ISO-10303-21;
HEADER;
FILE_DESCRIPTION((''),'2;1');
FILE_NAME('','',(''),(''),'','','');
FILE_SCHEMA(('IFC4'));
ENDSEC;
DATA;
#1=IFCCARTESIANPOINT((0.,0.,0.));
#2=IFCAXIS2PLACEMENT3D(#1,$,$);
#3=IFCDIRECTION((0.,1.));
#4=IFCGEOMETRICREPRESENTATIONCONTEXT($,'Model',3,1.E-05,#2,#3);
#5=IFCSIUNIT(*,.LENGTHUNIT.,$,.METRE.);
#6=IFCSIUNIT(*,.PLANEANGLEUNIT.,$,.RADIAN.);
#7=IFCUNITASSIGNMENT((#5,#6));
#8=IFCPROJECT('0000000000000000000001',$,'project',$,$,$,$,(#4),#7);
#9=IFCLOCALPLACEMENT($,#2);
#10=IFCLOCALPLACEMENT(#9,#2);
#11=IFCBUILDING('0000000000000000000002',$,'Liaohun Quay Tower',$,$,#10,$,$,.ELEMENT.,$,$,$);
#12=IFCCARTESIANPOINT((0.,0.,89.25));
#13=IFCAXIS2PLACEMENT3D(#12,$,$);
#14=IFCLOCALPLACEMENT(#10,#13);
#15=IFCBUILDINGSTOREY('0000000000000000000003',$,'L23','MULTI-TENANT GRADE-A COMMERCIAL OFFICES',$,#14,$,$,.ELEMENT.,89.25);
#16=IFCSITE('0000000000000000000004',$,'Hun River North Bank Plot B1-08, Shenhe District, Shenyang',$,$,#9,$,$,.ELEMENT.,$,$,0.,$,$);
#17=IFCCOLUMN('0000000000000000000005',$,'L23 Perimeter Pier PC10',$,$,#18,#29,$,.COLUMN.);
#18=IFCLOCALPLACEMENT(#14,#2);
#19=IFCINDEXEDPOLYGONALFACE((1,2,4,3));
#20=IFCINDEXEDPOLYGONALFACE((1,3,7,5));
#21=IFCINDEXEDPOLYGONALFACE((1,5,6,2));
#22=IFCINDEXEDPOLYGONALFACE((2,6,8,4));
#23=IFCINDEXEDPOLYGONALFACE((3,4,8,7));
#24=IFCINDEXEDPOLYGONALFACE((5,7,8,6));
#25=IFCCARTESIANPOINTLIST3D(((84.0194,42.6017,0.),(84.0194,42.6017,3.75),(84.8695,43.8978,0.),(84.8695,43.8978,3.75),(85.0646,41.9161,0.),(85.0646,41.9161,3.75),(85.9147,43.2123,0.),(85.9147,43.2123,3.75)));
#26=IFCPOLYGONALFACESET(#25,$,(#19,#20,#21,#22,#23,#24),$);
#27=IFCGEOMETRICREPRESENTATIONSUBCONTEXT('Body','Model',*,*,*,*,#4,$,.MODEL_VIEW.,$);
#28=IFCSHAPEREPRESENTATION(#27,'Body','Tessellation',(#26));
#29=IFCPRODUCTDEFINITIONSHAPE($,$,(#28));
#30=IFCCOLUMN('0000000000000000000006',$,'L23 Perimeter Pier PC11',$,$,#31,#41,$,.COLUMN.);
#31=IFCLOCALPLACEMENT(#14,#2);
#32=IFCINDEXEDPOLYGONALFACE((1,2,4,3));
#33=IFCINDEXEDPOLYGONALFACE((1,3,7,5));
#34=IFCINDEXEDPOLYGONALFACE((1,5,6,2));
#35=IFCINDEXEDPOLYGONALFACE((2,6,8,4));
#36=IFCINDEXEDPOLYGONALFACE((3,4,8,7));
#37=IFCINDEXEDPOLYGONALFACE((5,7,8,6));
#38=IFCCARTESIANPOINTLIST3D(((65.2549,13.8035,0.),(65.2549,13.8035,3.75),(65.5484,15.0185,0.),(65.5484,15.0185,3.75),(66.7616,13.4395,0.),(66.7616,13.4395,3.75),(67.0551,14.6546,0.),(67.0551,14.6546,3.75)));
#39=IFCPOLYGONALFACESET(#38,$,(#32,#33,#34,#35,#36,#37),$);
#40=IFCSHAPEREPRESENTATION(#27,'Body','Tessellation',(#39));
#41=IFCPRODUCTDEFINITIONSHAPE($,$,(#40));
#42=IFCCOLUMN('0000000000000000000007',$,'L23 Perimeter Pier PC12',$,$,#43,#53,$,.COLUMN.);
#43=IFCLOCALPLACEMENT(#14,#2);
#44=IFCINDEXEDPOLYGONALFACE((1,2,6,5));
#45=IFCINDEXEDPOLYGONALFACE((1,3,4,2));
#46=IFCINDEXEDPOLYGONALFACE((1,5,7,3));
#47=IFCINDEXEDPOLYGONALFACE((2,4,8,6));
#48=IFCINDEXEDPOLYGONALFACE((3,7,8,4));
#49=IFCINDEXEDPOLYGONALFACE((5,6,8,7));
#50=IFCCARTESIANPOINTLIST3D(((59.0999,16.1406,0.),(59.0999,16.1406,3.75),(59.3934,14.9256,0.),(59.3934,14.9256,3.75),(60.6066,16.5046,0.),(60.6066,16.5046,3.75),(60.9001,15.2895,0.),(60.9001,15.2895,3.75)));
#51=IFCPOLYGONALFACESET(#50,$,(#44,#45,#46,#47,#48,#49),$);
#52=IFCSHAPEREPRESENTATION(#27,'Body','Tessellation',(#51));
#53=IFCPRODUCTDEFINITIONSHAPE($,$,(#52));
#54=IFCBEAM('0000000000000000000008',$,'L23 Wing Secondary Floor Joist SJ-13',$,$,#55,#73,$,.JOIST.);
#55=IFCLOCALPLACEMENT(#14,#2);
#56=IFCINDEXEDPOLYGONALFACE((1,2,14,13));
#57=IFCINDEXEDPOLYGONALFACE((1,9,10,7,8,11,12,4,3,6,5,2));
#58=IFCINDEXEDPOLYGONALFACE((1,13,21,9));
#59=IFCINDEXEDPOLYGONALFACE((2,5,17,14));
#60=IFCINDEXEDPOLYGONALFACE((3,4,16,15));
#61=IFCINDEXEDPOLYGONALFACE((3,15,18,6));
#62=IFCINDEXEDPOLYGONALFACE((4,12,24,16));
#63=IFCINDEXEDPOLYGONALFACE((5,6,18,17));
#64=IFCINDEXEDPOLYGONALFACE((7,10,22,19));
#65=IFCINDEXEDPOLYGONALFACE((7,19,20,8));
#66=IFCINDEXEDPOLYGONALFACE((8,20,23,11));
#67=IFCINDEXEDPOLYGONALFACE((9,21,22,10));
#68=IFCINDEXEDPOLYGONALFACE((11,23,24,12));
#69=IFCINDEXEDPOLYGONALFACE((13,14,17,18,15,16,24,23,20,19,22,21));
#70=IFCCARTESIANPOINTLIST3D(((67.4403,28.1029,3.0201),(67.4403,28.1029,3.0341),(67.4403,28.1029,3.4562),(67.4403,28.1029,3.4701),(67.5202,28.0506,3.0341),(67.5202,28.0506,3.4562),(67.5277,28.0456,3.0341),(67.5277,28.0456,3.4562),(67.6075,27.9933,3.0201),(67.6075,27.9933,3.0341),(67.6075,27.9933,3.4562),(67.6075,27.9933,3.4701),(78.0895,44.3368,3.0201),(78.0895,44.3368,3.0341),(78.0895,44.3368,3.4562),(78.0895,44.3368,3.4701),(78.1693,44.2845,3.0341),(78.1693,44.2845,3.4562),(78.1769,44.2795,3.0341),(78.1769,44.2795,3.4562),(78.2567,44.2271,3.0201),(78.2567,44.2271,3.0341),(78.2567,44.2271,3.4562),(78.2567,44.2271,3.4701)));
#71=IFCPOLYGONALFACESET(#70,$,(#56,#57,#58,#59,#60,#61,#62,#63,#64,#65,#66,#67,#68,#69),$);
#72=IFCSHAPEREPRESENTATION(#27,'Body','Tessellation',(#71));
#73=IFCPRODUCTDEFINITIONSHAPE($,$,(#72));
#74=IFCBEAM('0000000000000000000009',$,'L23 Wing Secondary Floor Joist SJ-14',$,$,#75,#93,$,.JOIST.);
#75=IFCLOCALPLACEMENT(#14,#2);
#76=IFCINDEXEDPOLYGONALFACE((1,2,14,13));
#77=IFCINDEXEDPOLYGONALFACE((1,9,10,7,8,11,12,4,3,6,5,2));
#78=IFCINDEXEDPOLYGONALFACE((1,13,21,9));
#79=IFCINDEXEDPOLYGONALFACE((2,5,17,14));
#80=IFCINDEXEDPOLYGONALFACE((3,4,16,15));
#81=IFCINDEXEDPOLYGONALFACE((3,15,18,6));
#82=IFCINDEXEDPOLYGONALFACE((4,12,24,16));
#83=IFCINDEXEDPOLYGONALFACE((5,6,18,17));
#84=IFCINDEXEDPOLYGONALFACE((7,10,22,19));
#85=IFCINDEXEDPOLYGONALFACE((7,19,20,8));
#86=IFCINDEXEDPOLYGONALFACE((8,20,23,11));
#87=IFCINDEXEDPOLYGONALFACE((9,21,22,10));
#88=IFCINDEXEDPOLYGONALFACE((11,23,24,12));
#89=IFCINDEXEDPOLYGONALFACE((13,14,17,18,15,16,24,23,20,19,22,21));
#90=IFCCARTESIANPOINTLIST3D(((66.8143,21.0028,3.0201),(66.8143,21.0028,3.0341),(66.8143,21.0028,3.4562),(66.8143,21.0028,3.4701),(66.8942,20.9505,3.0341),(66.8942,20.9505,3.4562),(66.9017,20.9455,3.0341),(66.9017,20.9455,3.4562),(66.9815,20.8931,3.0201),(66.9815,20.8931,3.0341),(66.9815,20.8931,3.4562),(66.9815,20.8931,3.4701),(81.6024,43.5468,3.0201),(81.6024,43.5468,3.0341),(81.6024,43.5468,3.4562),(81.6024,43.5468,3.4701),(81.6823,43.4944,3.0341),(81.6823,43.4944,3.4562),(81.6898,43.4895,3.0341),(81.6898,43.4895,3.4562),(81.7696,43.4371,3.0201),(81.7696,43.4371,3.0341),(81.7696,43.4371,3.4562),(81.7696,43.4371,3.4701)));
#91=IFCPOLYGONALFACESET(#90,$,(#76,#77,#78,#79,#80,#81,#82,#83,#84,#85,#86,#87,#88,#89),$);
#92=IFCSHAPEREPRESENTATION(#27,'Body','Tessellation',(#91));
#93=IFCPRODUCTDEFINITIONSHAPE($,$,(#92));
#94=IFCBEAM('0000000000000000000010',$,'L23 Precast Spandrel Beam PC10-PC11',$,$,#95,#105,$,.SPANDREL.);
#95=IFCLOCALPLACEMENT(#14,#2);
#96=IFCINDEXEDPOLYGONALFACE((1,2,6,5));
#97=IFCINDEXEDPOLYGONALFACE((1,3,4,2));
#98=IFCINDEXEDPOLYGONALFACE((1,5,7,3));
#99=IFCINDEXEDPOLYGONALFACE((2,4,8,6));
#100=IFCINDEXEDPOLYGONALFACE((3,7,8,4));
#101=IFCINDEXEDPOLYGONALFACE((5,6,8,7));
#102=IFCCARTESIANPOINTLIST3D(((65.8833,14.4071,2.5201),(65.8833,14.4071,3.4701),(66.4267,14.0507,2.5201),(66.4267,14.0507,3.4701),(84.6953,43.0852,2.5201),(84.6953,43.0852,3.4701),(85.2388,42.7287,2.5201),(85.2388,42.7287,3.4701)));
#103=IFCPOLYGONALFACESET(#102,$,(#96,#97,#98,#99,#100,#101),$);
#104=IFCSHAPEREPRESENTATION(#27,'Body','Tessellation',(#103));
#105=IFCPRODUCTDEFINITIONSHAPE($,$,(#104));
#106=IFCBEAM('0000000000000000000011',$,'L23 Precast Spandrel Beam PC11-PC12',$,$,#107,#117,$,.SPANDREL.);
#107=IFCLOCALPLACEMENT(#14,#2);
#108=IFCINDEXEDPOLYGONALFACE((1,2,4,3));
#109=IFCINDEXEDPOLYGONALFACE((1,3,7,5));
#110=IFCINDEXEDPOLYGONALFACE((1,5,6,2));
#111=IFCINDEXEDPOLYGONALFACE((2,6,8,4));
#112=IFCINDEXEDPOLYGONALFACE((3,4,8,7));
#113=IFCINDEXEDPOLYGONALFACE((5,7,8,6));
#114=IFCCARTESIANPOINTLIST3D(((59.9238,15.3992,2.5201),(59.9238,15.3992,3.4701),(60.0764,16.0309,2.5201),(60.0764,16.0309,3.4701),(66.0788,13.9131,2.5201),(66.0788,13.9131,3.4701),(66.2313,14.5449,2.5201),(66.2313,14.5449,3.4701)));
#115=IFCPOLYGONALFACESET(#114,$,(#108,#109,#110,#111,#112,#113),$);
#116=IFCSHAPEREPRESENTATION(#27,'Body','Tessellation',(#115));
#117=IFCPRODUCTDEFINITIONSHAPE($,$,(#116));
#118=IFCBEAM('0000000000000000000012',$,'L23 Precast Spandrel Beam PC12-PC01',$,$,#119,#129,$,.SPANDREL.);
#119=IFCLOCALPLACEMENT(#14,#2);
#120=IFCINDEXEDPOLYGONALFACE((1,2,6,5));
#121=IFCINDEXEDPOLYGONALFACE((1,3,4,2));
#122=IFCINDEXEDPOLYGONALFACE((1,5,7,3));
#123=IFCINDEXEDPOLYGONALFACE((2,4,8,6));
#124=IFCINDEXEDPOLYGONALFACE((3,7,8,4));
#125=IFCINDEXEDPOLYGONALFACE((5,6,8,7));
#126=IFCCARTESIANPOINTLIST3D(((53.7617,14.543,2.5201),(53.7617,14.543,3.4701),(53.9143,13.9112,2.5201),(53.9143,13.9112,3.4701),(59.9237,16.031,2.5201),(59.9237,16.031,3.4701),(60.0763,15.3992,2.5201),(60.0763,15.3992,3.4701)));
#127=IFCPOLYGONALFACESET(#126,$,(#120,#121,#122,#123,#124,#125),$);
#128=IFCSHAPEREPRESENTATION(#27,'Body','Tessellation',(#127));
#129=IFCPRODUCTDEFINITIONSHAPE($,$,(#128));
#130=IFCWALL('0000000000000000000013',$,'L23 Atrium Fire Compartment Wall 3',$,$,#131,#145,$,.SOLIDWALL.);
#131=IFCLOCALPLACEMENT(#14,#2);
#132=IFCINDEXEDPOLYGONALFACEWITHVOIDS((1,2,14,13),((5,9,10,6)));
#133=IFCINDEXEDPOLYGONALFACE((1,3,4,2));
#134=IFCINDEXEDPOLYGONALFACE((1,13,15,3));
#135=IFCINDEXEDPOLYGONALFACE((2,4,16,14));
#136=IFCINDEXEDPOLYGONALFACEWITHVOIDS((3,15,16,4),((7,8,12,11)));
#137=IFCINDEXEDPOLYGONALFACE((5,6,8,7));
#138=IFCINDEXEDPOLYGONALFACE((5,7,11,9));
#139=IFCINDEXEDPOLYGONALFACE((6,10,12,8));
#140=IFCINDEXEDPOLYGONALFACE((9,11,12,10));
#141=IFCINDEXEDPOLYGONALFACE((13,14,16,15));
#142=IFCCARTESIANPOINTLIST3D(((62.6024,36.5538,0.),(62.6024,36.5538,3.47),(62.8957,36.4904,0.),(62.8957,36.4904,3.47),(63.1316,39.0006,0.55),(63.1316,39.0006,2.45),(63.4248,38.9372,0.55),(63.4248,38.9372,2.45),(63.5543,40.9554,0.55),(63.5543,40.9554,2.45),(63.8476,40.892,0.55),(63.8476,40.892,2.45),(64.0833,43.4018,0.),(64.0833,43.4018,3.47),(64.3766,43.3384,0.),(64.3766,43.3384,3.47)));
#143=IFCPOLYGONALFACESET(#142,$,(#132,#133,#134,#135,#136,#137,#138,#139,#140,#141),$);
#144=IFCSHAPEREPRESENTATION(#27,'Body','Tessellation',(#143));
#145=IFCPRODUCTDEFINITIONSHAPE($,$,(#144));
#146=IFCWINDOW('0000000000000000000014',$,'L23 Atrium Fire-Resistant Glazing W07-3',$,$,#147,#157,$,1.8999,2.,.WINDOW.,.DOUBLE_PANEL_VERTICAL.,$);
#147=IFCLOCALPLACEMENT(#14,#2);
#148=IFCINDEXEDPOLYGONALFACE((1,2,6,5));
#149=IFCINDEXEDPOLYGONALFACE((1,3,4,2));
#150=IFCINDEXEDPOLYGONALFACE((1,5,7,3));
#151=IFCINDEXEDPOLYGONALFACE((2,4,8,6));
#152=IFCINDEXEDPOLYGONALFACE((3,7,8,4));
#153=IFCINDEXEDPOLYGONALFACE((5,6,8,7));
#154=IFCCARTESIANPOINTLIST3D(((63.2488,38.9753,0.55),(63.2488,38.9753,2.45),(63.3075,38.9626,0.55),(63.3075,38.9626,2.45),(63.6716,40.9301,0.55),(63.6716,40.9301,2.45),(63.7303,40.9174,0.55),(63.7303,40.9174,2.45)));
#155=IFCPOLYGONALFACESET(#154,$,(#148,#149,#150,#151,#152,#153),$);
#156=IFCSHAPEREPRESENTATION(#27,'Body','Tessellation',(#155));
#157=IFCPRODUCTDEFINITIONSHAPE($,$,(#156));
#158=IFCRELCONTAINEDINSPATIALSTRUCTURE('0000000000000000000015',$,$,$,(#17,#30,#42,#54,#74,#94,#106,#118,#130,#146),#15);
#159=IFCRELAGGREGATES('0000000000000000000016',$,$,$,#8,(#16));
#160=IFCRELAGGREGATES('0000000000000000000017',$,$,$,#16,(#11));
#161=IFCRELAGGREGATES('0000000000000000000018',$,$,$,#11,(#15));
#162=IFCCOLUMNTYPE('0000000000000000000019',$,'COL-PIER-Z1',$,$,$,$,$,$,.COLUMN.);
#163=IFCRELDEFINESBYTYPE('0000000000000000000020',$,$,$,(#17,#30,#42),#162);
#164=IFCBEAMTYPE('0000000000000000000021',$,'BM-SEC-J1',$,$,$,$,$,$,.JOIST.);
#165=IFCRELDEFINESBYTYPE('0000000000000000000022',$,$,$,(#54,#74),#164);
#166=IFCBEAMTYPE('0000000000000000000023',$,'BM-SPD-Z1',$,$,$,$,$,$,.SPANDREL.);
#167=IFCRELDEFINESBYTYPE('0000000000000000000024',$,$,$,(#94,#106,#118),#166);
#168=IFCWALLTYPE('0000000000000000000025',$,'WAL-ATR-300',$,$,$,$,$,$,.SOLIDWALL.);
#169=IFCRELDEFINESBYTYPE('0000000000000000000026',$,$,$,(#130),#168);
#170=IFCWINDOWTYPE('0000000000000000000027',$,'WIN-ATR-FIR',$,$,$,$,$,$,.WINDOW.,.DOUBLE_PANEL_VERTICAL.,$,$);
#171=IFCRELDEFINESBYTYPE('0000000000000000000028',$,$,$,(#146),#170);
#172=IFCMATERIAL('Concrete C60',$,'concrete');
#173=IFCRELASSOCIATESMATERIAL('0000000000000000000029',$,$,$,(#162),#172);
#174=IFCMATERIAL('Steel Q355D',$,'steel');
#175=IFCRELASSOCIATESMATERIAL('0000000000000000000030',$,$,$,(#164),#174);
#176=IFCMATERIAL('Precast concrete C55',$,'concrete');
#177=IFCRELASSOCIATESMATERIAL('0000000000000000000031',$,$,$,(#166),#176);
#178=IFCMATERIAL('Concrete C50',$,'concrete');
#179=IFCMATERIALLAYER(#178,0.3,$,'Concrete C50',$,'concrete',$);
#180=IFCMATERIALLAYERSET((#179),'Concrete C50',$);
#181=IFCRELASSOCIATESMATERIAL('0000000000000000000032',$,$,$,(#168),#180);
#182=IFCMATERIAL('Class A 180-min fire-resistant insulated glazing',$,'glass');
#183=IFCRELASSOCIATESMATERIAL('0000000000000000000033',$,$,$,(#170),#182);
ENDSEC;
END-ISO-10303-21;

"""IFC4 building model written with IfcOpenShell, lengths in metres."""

from ifc_helpers import new_model, si_unit, direction, frame, frame_2d, origin, origin_2d, place, context, subcontext, project, spatial, rectangle, i_section, extrude, source, transform, mapped, material, layer, layer_set, material_profile, profile_set, type_object, element, fill, save


model = new_model("IFC4")

# Units and contexts
model_context = context("Model", 3, precision=1e-05, world=origin(), true_north=direction((0.0, 1.0)))
body_context = subcontext(model_context, "Body", "Model", "MODEL_VIEW")
ifc_project = project(units=[si_unit("LENGTHUNIT", "METRE"), si_unit("PLANEANGLEUNIT", "RADIAN")], contexts=[model_context])

# Site, building, storey
site_placement = place(None, origin())
site = spatial("IfcSite", under=ifc_project, at=site_placement, Name="Hun River North Bank Plot B1-08, Shenhe District, Shenyang", CompositionType="ELEMENT", RefElevation=0.0)
building_placement = place(site_placement, origin())
building = spatial("IfcBuilding", under=site, at=building_placement, Name="Liaohun Quay Tower", CompositionType="ELEMENT")
storey_placement = place(building_placement, frame((0.0, 0.0, 89.25)))
storey = spatial("IfcBuildingStorey", under=building, at=storey_placement, Name="L23", Description="MULTI-TENANT GRADE-A COMMERCIAL OFFICES", CompositionType="ELEMENT", Elevation=89.25)

# Columns
ifc_material_1 = material(Name="Concrete C60", Category="concrete")
ifc_material_profile_1 = material_profile(ifc_material_1, rectangle(XDim=1.55, YDim=1.25, at=origin_2d()), Name="RC1550x1250")
ifc_profile_set_1 = profile_set([ifc_material_profile_1], Name="Concrete C60")
column_type = type_object("IfcColumnType", Name="COL-PIER-Z1", PredefinedType="COLUMN", material=ifc_profile_set_1)
shared_shape_1 = source(origin(), body_context, "Body", "SweptSolid", [
    extrude(rectangle(XDim=1.55, YDim=1.25, at=origin_2d()), origin(), (0.0, 0.0, 1.0), 3.75),
])
for number, where, z_axis, x_axis, name in (
    (1, (84.967, 42.907, 0.0), (0.0, 0.0, 1.0), (0.548439, 0.83619, 0.0), "L23 Perimeter Pier PC10"),
    (2, (66.155, 14.229, 0.0), (0.0, 0.0, 1.0), (-0.972043, 0.234803, 0.0), "L23 Perimeter Pier PC11"),
    (3, (60.0, 15.7151, 0.0), (0.0, 0.0, 1.0), (0.972043, 0.234803, 0.0), "L23 Perimeter Pier PC12"),
):
    element("IfcColumn", number, at=place(storey_placement, frame(where, z_axis=z_axis, x_axis=x_axis)), inside=storey, type_object=column_type, Name=name, PredefinedType="COLUMN", context=body_context, shape_type="MappedRepresentation", body=[
        mapped(shared_shape_1, transform((0.0, 0.0, 0.0), x_axis=(1.0, 0.0, 0.0), y_axis=(0.0, 1.0, 0.0), z_axis=(0.0, 0.0, 1.0), scale=1.0)),
    ])

# Beams
ifc_material_2 = material(Name="Steel Q355D", Category="steel")
ifc_material_profile_2 = material_profile(ifc_material_2, i_section(OverallWidth=0.2, OverallDepth=0.45, WebThickness=0.009, FlangeThickness=0.0139, at=origin_2d()), Name="HN450x200x9x14")
ifc_profile_set_2 = profile_set([ifc_material_profile_2], Name="Steel Q355D")
beam_type_1 = type_object("IfcBeamType", Name="BM-SEC-J1", PredefinedType="JOIST", material=ifc_profile_set_2)
shared_shape_2 = source(origin(), body_context, "Body", "SweptSolid", [
    extrude(i_section(OverallWidth=0.2, OverallDepth=0.45, WebThickness=0.009, FlangeThickness=0.0139, at=origin_2d()), origin(), (0.0, 0.0, 1.0), 19.415),
])
beam_1_placement = place(storey_placement, frame((78.1731, 44.282, 3.2451), z_axis=(-0.548501, -0.83615, 0.0), x_axis=(0.83615, -0.548501, 0.0)))
element("IfcBeam", 4, at=beam_1_placement, inside=storey, type_object=beam_type_1, Name="L23 Wing Secondary Floor Joist SJ-13", PredefinedType="JOIST", context=body_context, shape_type="MappedRepresentation", body=[
    mapped(shared_shape_2, transform((0.0, 0.0, 0.0), x_axis=(1.0, 0.0, 0.0), y_axis=(0.0, 1.0, 0.0), z_axis=(0.0, 0.0, 1.0), scale=1.0)),
])
shared_shape_3 = source(origin(), body_context, "Body", "SweptSolid", [
    extrude(i_section(OverallWidth=0.2, OverallDepth=0.45, WebThickness=0.009, FlangeThickness=0.0139, at=origin_2d()), origin(), (0.0, 0.0, 1.0), 26.9614),
])
beam_2_placement = place(storey_placement, frame((81.686, 43.4919, 3.2451), z_axis=(-0.548491, -0.836156, 0.0), x_axis=(0.836156, -0.548491, 0.0)))
element("IfcBeam", 5, at=beam_2_placement, inside=storey, type_object=beam_type_1, Name="L23 Wing Secondary Floor Joist SJ-14", PredefinedType="JOIST", context=body_context, shape_type="MappedRepresentation", body=[
    mapped(shared_shape_3, transform((0.0, 0.0, 0.0), x_axis=(1.0, 0.0, 0.0), y_axis=(0.0, 1.0, 0.0), z_axis=(0.0, 0.0, 1.0), scale=1.0)),
])
ifc_material_3 = material(Name="Precast concrete C55", Category="concrete")
ifc_material_profile_3 = material_profile(ifc_material_3, rectangle(XDim=0.6499, YDim=0.95, at=origin_2d()), Name="RC650x950")
ifc_profile_set_3 = profile_set([ifc_material_profile_3], Name="Precast concrete C55")
beam_type_2 = type_object("IfcBeamType", Name="BM-SPD-Z1", PredefinedType="SPANDREL", material=ifc_profile_set_3)
shared_shape_4 = source(origin(), body_context, "Body", "SweptSolid", [
    extrude(rectangle(XDim=0.6499, YDim=0.95, at=origin_2d()), origin(), (0.0, 0.0, 1.0), 34.2976),
])
beam_3_placement = place(storey_placement, frame((84.967, 42.907, 2.9951), z_axis=(-0.548495, -0.836154, 0.0), x_axis=(0.836154, -0.548495, 0.0)))
element("IfcBeam", 6, at=beam_3_placement, inside=storey, type_object=beam_type_2, Name="L23 Precast Spandrel Beam PC10-PC11", PredefinedType="SPANDREL", context=body_context, shape_type="MappedRepresentation", body=[
    mapped(shared_shape_4, transform((0.0, 0.0, 0.0), x_axis=(1.0, 0.0, 0.0), y_axis=(0.0, 1.0, 0.0), z_axis=(0.0, 0.0, 1.0), scale=1.0)),
])
shared_shape_5 = source(origin(), body_context, "Body", "SweptSolid", [
    extrude(rectangle(XDim=0.6499, YDim=0.95, at=origin_2d()), origin(), (0.0, 0.0, 1.0), 6.3318),
])
beam_4_placement = place(storey_placement, frame((66.155, 14.229, 2.9951), z_axis=(-0.972068, 0.234698, 0.0), x_axis=(-0.234698, -0.972068, 0.0)))
element("IfcBeam", 7, at=beam_4_placement, inside=storey, type_object=beam_type_2, Name="L23 Precast Spandrel Beam PC11-PC12", PredefinedType="SPANDREL", context=body_context, shape_type="MappedRepresentation", body=[
    mapped(shared_shape_5, transform((0.0, 0.0, 0.0), x_axis=(1.0, 0.0, 0.0), y_axis=(0.0, 1.0, 0.0), z_axis=(0.0, 0.0, 1.0), scale=1.0)),
])
shared_shape_6 = source(origin(), body_context, "Body", "SweptSolid", [
    extrude(rectangle(XDim=0.6499, YDim=0.95, at=origin_2d()), origin(), (0.0, 0.0, 1.0), 6.3391),
])
beam_5_placement = place(storey_placement, frame((60.0, 15.7151, 2.9951), z_axis=(-0.972059, -0.234735, 0.0), x_axis=(0.234735, -0.972059, 0.0)))
element("IfcBeam", 8, at=beam_5_placement, inside=storey, type_object=beam_type_2, Name="L23 Precast Spandrel Beam PC12-PC01", PredefinedType="SPANDREL", context=body_context, shape_type="MappedRepresentation", body=[
    mapped(shared_shape_6, transform((0.0, 0.0, 0.0), x_axis=(1.0, 0.0, 0.0), y_axis=(0.0, 1.0, 0.0), z_axis=(0.0, 0.0, 1.0), scale=1.0)),
])

# Wall, opening, window
ifc_material_4 = material(Name="Concrete C50", Category="concrete")
ifc_layer_1 = layer(ifc_material_4, 0.3, Name="Concrete C50", Category="concrete")
ifc_layer_set_1 = layer_set([ifc_layer_1], Name="Concrete C50")
wall_type_1 = type_object("IfcWallType", Name="WAL-ATR-300", PredefinedType="SOLIDWALL", material=ifc_layer_set_1)
wall_1_placement = place(storey_placement, frame((64.23, 43.3701, 0.0), z_axis=(0.0, 0.0, 1.0), x_axis=(-0.211371, -0.977406, 0.0)))
wall_1 = element("IfcWall", 9, at=wall_1_placement, inside=storey, type_object=wall_type_1, Name="L23 Atrium Fire Compartment Wall 3", PredefinedType="SOLIDWALL", context=body_context, shape_type="SweptSolid", body=[
    extrude(rectangle(XDim=7.0063, YDim=0.3, at=frame_2d((3.5032, 0.0))), origin(), (0.0, 0.0, 1.0), 3.47),
])
shared_shape_7 = source(origin(), body_context, "Body", "SweptSolid", [
    extrude(rectangle(XDim=2.0, YDim=1.8999, at=frame_2d((1.0, 0.95))), frame((0.0, 0.1599, 0.0), z_axis=(0.0, -1.0, 0.0), x_axis=(1.0, 0.0, 0.0)), (0.0, 0.0, 1.0), 0.3201),
])
opening_1_placement = place(wall_1_placement, frame((2.5029, 0.0, 0.55)))
opening_1 = element("IfcOpeningElement", 10, at=opening_1_placement, cuts=wall_1, PredefinedType="OPENING", context=body_context, shape_type="MappedRepresentation", body=[
    mapped(shared_shape_7, transform((0.0, 0.0, 0.0), x_axis=(1.0, 0.0, 0.0), y_axis=(0.0, 1.0, 0.0), z_axis=(0.0, 0.0, 1.0), scale=1.0)),
])
ifc_material_5 = material(Name="Class A 180-min fire-resistant insulated glazing", Category="glass")
window_type_1 = type_object("IfcWindowType", Name="WIN-ATR-FIR", PartitioningType="DOUBLE_PANEL_VERTICAL", PredefinedType="WINDOW", material=ifc_material_5)
shared_shape_8 = source(origin(), body_context, "Body", "SweptSolid", [
    extrude(rectangle(XDim=2.0, YDim=1.8999, at=frame_2d((1.0, 0.95))), frame((0.0, 0.03, 0.0), z_axis=(0.0, -1.0, 0.0), x_axis=(1.0, 0.0, 0.0)), (0.0, 0.0, 1.0), 0.0601),
])
window_1_placement = place(opening_1_placement, origin())
window_1 = element("IfcWindow", 11, at=window_1_placement, inside=storey, type_object=window_type_1, Name="L23 Atrium Fire-Resistant Glazing W07-3", OverallHeight=1.8999, OverallWidth=2.0, PartitioningType="DOUBLE_PANEL_VERTICAL", PredefinedType="WINDOW", context=body_context, shape_type="MappedRepresentation", body=[
    mapped(shared_shape_8, transform((0.0, 0.0, 0.0), x_axis=(1.0, 0.0, 0.0), y_axis=(0.0, 1.0, 0.0), z_axis=(0.0, 0.0, 1.0), scale=1.0)),
])
fill(opening_1, window_1)

save(model, "model.ifc")
